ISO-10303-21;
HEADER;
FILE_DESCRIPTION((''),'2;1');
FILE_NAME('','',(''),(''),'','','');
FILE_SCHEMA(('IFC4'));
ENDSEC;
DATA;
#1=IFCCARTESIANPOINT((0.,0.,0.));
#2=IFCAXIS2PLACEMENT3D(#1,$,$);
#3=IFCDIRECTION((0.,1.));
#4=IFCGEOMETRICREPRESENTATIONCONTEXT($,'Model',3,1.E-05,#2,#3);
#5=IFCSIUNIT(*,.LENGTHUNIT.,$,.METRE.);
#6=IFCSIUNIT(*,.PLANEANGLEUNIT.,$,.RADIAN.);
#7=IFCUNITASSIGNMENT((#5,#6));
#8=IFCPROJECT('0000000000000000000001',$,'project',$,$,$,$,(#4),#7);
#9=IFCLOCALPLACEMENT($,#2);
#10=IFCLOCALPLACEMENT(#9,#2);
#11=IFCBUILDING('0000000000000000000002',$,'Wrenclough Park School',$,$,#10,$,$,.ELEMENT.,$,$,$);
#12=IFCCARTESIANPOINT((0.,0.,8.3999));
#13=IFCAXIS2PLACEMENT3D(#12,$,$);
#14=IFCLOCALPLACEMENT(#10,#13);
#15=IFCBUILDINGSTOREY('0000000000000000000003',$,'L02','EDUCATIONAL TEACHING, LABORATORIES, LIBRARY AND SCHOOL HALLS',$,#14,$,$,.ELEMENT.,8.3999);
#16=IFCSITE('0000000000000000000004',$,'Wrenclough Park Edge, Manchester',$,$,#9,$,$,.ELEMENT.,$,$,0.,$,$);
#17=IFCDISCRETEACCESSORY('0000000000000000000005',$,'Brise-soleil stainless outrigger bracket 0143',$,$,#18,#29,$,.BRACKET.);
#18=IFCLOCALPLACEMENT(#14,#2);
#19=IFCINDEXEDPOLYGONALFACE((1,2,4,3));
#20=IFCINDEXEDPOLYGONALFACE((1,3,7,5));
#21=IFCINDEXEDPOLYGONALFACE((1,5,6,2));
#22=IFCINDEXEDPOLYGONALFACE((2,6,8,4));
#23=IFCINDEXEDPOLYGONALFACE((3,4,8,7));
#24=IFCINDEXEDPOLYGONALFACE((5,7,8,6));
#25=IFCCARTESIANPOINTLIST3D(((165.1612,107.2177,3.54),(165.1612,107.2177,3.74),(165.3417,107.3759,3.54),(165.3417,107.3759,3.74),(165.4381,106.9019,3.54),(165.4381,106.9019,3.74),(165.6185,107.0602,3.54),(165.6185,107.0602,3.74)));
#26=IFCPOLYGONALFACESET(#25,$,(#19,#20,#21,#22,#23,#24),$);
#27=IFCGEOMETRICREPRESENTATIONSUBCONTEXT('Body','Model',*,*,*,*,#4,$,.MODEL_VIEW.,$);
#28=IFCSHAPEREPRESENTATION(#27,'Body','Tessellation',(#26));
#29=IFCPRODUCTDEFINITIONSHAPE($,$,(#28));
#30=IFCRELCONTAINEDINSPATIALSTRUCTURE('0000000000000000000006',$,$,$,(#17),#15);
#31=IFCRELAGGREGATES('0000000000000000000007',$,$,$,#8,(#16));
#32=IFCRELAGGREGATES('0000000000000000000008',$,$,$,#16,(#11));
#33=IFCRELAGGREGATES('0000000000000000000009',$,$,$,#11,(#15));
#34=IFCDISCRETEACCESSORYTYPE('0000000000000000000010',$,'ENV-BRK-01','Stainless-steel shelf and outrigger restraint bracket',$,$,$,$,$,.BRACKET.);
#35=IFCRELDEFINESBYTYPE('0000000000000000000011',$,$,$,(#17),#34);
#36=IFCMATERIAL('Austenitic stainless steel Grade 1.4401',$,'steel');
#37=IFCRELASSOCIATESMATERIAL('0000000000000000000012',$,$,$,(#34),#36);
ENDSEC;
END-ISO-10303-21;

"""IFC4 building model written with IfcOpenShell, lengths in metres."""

from ifc_helpers import new_model, si_unit, direction, frame, origin, origin_2d, place, context, subcontext, project, spatial, rectangle, extrude, material, type_object, element, save


model = new_model("IFC4")

# Units and contexts
model_context = context("Model", 3, precision=1e-05, world=origin(), true_north=direction((0.0, 1.0)))
body_context = subcontext(model_context, "Body", "Model", "MODEL_VIEW")
ifc_project = project(units=[si_unit("LENGTHUNIT", "METRE"), si_unit("PLANEANGLEUNIT", "RADIAN")], contexts=[model_context])

# Site, building, storey
site_placement = place(None, origin())
site = spatial("IfcSite", under=ifc_project, at=site_placement, Name="Wrenclough Park Edge, Manchester", CompositionType="ELEMENT", RefElevation=0.0)
building_placement = place(site_placement, origin())
building = spatial("IfcBuilding", under=site, at=building_placement, Name="Wrenclough Park School", CompositionType="ELEMENT")
storey_placement = place(building_placement, frame((0.0, 0.0, 8.3999)))
storey = spatial("IfcBuildingStorey", under=building, at=storey_placement, Name="L02", Description="EDUCATIONAL TEACHING, LABORATORIES, LIBRARY AND SCHOOL HALLS", CompositionType="ELEMENT", Elevation=8.3999)

# Discrete accessory
ifc_material_1 = material(Name="Austenitic stainless steel Grade 1.4401", Category="steel")
discrete_accessory_type = type_object("IfcDiscreteAccessoryType", Name="ENV-BRK-01", Description="Stainless-steel shelf and outrigger restraint bracket", PredefinedType="BRACKET", material=ifc_material_1)
discrete_accessory_placement = place(storey_placement, frame((165.3899, 107.1389, 3.54), z_axis=(0.0, 0.0, 1.0), x_axis=(-0.751841, -0.659345, 0.0)))
element("IfcDiscreteAccessory", 1, at=discrete_accessory_placement, inside=storey, type_object=discrete_accessory_type, Name="Brise-soleil stainless outrigger bracket 0143", PredefinedType="BRACKET", context=body_context, shape_type="SweptSolid", body=[
    extrude(rectangle(XDim=0.24, YDim=0.4199, at=origin_2d()), origin(), (0.0, 0.0, 1.0), 0.2),
])

save(model, "model.ifc")
